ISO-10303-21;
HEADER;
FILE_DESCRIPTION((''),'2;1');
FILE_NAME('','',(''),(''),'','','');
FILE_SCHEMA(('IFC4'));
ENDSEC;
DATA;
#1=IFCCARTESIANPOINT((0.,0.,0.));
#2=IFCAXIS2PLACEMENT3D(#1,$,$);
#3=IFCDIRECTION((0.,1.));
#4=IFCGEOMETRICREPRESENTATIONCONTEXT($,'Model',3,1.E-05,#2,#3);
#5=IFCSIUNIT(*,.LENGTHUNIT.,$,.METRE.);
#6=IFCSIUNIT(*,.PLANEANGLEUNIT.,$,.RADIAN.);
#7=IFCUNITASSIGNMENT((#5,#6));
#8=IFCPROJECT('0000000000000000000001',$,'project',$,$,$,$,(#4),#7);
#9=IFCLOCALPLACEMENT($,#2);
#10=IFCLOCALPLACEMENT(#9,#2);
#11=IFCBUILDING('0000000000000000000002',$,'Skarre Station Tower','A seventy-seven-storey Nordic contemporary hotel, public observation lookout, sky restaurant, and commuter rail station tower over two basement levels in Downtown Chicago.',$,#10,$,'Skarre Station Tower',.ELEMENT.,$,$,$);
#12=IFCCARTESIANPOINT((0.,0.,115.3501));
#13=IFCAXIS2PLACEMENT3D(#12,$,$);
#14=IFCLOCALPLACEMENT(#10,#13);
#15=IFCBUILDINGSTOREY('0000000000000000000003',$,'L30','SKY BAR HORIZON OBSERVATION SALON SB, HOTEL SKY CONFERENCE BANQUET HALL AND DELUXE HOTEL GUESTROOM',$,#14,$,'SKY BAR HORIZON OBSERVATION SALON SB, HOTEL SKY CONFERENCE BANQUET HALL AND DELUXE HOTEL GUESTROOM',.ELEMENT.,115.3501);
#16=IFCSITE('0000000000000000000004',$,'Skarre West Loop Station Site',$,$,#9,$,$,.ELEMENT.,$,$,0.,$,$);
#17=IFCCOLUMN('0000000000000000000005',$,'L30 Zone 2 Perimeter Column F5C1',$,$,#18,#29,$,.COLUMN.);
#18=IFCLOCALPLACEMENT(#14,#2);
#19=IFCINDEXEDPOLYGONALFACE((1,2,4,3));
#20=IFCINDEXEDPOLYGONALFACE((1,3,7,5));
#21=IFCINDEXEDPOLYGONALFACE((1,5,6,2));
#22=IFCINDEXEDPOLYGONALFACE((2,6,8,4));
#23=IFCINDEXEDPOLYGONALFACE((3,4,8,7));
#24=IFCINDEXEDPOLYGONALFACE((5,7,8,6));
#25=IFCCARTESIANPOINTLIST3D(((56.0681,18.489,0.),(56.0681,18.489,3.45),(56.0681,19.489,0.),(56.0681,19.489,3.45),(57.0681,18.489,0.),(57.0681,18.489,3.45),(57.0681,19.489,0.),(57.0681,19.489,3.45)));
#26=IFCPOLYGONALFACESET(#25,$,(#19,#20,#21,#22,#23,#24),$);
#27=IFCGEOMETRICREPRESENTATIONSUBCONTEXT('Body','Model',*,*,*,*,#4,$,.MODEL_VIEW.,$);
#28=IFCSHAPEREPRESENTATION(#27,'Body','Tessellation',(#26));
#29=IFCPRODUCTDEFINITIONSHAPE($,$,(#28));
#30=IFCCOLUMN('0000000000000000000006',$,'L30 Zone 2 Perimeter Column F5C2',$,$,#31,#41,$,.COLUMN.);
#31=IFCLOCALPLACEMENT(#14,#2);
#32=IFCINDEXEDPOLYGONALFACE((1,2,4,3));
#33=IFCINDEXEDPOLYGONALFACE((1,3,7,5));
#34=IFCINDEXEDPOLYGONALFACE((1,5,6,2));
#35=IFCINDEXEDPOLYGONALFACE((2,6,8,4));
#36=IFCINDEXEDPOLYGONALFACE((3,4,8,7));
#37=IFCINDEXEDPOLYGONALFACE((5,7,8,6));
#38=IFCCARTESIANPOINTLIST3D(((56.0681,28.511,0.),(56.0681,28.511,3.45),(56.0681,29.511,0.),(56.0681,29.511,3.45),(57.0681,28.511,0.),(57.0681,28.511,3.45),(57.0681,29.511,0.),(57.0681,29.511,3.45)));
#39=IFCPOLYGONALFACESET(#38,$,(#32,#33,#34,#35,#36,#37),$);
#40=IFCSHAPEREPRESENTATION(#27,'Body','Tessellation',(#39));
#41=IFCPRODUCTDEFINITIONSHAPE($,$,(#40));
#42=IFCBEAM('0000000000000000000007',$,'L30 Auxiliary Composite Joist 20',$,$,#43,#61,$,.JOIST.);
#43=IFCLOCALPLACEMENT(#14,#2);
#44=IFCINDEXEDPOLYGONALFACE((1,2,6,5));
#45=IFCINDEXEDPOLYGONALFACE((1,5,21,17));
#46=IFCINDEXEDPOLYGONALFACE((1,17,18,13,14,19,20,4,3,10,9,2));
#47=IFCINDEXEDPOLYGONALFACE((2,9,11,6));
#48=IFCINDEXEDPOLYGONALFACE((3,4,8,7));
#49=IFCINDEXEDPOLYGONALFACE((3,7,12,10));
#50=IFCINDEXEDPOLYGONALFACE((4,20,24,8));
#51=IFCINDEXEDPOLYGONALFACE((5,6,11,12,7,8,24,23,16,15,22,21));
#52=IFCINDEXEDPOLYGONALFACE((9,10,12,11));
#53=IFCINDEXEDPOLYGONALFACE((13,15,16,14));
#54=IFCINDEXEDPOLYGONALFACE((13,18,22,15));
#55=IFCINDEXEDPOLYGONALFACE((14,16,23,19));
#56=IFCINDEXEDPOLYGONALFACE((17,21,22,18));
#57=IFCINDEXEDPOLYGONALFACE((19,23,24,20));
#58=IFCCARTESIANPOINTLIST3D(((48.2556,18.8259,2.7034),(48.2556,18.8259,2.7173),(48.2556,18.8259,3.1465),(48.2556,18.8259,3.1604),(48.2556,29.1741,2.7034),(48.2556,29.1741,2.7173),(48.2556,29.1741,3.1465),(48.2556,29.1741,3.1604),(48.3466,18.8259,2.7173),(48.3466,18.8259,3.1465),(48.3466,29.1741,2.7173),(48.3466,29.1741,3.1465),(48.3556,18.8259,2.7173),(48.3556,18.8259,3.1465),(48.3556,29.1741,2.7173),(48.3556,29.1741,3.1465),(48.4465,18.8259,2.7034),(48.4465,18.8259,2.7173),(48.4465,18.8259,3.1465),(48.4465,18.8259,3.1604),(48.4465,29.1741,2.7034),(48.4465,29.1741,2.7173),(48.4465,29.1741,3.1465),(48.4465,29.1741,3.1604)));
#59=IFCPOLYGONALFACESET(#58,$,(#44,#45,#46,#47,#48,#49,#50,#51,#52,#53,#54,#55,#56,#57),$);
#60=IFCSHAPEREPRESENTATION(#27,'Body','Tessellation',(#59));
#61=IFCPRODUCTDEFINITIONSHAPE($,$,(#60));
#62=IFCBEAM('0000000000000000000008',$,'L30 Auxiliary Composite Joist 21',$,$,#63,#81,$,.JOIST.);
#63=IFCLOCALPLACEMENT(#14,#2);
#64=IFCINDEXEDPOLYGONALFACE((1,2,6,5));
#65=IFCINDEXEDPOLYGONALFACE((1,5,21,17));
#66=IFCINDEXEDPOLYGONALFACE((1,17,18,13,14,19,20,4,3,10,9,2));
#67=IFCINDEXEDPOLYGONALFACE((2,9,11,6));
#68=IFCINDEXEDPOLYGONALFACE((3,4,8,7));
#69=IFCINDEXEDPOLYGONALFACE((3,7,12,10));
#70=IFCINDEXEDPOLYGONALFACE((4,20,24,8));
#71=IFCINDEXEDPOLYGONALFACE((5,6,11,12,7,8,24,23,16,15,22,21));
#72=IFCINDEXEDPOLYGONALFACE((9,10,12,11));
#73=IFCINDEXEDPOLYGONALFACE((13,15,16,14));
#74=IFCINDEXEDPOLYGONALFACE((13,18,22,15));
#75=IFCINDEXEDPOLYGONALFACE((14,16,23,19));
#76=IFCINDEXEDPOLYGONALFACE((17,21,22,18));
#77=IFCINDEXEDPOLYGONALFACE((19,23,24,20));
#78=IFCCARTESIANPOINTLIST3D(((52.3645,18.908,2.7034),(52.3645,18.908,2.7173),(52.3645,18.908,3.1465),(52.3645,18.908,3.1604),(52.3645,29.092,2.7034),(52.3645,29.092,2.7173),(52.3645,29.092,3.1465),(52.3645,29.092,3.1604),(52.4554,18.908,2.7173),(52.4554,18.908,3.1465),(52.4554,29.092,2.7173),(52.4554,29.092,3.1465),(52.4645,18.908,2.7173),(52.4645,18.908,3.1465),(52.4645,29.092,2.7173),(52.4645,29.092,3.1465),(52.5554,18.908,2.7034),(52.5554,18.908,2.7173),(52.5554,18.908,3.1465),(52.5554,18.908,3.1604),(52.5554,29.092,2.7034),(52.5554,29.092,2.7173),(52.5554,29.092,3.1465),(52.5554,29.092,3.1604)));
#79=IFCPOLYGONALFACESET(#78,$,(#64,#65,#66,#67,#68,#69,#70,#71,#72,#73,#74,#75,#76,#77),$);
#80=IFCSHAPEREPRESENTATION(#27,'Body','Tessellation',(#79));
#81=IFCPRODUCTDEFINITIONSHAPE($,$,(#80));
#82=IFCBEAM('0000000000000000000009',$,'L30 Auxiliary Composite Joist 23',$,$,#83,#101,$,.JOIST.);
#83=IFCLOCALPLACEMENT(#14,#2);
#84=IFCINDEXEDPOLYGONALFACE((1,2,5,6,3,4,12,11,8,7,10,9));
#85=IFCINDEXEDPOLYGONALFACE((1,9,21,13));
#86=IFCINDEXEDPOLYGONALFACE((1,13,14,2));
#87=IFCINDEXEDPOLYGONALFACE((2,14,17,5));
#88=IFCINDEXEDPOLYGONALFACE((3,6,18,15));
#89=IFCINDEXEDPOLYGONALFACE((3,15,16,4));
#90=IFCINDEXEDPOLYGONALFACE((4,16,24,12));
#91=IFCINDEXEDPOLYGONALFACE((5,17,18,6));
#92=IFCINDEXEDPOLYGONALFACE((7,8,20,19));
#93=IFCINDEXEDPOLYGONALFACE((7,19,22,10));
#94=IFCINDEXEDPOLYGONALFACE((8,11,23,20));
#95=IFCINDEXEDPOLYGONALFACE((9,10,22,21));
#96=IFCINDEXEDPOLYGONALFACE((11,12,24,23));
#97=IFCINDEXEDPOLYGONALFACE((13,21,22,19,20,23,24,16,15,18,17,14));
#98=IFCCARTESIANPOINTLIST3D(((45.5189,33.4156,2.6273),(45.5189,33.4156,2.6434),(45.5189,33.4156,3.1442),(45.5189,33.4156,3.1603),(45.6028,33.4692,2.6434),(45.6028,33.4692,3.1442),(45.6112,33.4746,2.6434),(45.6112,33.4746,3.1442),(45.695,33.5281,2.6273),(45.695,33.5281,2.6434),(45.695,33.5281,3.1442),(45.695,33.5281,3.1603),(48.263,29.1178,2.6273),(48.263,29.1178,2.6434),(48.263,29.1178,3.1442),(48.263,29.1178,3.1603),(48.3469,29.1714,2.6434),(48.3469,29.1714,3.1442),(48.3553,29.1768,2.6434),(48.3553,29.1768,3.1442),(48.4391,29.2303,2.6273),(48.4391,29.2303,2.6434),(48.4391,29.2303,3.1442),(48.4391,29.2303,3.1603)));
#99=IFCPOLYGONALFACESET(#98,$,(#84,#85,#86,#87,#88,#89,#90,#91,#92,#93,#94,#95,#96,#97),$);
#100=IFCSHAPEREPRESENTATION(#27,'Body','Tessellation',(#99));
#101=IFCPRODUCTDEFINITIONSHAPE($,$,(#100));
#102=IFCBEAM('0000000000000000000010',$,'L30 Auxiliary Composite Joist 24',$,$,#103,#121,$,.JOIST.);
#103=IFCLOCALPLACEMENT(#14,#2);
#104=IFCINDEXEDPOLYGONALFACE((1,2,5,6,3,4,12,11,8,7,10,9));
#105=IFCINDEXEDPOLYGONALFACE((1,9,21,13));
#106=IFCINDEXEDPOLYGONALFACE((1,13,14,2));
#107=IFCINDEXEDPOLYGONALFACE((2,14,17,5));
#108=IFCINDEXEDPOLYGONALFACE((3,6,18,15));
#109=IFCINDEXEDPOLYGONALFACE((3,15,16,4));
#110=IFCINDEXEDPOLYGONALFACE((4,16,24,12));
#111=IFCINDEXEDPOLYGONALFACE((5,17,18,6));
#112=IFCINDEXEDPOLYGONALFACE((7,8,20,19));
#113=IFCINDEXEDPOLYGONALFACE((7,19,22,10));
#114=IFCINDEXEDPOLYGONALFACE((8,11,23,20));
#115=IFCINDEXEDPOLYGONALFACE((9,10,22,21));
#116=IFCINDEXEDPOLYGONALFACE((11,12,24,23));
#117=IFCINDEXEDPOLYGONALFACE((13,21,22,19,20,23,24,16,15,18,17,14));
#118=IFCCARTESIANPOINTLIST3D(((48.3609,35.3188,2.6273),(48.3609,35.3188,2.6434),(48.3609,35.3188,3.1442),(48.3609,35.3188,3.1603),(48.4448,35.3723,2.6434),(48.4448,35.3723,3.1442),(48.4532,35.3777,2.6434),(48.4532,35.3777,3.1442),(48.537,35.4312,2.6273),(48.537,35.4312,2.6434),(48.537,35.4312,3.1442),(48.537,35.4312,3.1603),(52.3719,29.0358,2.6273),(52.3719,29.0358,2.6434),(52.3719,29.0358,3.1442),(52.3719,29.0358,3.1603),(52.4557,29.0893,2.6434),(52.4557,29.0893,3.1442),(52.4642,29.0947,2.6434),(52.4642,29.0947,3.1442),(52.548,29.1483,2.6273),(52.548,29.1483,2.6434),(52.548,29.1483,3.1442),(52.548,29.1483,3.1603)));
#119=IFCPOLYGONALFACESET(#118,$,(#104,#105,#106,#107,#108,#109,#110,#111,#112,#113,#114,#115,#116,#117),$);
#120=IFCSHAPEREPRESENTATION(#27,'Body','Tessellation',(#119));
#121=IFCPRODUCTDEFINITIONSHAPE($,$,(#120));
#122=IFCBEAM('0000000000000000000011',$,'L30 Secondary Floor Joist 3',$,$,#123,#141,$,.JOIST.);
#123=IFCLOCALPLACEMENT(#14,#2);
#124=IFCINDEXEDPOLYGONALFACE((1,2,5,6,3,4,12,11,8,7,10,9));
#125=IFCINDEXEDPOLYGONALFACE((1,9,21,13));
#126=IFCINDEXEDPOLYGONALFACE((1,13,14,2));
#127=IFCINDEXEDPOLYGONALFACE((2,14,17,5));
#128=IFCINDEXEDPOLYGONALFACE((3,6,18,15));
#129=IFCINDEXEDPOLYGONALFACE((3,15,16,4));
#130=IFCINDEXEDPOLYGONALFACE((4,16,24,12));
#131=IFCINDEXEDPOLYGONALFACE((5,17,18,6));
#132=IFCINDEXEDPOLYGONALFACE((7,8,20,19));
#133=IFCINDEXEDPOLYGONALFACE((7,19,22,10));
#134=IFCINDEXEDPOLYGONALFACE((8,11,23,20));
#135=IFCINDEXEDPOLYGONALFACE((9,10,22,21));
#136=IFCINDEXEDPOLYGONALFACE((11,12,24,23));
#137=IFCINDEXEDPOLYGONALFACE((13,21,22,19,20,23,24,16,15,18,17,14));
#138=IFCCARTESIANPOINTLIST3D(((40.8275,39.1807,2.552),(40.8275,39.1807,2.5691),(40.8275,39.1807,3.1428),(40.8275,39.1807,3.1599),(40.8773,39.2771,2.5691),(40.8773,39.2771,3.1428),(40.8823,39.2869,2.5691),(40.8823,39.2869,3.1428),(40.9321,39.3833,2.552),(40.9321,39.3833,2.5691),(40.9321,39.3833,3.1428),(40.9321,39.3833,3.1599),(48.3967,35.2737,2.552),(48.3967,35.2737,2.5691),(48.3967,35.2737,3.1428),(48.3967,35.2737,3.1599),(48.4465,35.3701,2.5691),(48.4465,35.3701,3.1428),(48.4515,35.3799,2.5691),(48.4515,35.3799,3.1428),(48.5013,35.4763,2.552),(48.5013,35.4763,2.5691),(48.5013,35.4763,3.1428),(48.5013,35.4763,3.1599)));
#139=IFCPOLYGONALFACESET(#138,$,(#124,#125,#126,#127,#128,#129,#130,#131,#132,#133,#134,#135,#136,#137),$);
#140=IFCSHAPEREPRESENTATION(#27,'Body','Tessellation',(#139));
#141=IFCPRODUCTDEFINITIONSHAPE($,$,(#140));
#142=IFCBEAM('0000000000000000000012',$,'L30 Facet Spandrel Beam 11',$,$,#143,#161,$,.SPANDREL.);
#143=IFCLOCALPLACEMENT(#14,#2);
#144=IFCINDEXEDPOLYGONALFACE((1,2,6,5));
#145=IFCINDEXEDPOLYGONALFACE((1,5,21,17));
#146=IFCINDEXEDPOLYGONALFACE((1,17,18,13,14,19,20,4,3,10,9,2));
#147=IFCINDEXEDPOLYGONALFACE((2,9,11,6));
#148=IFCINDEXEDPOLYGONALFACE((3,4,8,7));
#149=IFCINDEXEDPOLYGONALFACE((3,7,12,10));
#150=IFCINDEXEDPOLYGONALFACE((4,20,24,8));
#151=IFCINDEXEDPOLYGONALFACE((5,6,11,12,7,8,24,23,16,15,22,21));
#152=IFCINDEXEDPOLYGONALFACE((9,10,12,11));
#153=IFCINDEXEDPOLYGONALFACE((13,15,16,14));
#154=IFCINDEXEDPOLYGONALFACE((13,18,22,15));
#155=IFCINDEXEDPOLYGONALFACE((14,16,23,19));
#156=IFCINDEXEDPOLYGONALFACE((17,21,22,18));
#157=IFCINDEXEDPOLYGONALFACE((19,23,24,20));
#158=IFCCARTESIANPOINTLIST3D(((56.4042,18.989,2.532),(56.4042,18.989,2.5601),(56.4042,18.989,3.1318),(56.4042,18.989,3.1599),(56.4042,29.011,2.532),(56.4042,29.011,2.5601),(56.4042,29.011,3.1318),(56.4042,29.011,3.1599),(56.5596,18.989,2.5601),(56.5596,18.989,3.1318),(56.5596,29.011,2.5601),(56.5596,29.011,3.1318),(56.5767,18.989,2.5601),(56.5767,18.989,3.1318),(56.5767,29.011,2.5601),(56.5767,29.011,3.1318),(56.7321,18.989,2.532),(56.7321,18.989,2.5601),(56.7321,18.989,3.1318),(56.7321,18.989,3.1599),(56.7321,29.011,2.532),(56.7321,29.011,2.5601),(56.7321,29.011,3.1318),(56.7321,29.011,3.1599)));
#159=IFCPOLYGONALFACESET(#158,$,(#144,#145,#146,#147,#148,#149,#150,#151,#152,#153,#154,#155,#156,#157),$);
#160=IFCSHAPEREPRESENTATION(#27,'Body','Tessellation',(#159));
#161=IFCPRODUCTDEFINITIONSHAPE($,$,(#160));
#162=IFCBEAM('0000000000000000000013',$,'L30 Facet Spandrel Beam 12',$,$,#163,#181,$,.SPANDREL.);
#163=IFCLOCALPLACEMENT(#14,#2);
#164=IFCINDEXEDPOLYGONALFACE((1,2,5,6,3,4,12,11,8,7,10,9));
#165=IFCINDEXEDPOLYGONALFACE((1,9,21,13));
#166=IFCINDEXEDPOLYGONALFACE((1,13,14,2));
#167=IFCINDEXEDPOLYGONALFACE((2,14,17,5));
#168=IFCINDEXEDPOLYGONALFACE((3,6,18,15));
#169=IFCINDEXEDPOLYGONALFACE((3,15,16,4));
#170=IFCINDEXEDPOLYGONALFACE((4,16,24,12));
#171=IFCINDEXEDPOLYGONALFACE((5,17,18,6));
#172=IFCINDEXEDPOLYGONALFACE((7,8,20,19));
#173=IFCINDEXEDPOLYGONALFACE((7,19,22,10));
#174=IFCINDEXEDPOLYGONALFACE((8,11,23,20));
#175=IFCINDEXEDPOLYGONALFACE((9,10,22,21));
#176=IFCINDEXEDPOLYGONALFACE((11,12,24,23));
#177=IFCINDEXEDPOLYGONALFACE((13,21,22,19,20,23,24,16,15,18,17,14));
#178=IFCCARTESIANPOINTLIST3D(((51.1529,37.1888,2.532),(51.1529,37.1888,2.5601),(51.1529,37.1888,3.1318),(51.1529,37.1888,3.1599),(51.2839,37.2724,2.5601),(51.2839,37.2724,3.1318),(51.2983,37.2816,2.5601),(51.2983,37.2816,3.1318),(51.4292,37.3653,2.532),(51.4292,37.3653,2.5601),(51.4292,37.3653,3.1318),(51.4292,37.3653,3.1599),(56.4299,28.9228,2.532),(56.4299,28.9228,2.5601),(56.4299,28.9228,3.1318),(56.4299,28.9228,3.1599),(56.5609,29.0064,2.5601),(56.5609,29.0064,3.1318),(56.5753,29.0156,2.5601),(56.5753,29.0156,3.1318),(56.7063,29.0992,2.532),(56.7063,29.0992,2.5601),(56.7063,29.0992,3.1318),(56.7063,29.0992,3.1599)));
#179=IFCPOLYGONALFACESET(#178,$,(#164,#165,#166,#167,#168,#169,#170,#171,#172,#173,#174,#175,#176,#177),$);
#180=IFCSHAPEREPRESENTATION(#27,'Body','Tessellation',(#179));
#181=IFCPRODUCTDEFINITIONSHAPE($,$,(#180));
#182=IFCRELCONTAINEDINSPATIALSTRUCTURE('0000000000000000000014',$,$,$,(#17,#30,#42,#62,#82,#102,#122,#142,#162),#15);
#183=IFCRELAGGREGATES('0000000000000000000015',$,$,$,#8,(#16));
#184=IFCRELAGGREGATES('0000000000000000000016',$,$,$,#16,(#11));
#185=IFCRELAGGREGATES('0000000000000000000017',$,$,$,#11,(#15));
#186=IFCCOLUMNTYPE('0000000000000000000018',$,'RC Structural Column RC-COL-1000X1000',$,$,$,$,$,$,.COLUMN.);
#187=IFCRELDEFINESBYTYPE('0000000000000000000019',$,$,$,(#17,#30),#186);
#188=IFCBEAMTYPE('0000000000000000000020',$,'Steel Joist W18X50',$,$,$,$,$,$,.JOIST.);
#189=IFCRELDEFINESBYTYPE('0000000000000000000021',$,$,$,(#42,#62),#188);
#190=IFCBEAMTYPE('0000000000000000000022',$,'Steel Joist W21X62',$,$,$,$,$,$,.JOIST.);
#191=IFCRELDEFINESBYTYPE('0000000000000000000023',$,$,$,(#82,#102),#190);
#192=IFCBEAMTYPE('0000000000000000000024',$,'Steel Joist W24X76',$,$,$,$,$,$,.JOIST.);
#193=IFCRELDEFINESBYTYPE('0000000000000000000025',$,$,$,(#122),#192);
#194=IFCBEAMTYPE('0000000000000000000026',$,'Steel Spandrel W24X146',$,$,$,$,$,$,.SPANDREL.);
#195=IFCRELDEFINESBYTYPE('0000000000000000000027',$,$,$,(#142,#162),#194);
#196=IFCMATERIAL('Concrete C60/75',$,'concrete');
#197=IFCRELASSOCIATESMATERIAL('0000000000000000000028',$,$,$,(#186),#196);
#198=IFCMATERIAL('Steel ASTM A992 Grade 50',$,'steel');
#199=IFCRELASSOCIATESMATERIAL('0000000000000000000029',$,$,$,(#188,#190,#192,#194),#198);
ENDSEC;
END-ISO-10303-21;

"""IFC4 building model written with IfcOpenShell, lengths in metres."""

from ifc_helpers import new_model, si_unit, direction, frame, origin, origin_2d, place, context, subcontext, project, spatial, rectangle, i_section, extrude, material, material_profile, profile_set, type_object, element, save


model = new_model("IFC4")

# Units and contexts
model_context = context("Model", 3, precision=1e-05, world=origin(), true_north=direction((0.0, 1.0)))
body_context = subcontext(model_context, "Body", "Model", "MODEL_VIEW")
ifc_project = project(units=[si_unit("LENGTHUNIT", "METRE"), si_unit("PLANEANGLEUNIT", "RADIAN")], contexts=[model_context])

# Site, building, storey
site_placement = place(None, origin())
site = spatial("IfcSite", under=ifc_project, at=site_placement, Name="Skarre West Loop Station Site", CompositionType="ELEMENT", RefElevation=0.0)
building_placement = place(site_placement, origin())
building = spatial("IfcBuilding", under=site, at=building_placement, Name="Skarre Station Tower", Description="A seventy-seven-storey Nordic contemporary hotel, public observation lookout, sky restaurant, and commuter rail station tower over two basement levels in Downtown Chicago.", LongName="Skarre Station Tower", CompositionType="ELEMENT")
storey_placement = place(building_placement, frame((0.0, 0.0, 115.3501)))
storey = spatial("IfcBuildingStorey", under=building, at=storey_placement, Name="L30", Description="SKY BAR HORIZON OBSERVATION SALON SB, HOTEL SKY CONFERENCE BANQUET HALL AND DELUXE HOTEL GUESTROOM", LongName="SKY BAR HORIZON OBSERVATION SALON SB, HOTEL SKY CONFERENCE BANQUET HALL AND DELUXE HOTEL GUESTROOM", CompositionType="ELEMENT", Elevation=115.3501)

# Columns
ifc_material_1 = material(Name="Concrete C60/75", Category="concrete")
ifc_material_profile_1 = material_profile(ifc_material_1, rectangle(XDim=1.0, YDim=1.0, at=origin_2d()), Name="Concrete C60/75")
ifc_profile_set_1 = profile_set([ifc_material_profile_1], Name="Concrete C60/75")
column_type = type_object("IfcColumnType", Name="RC Structural Column RC-COL-1000X1000", PredefinedType="COLUMN", material=ifc_profile_set_1)
for number, where, z_axis, x_axis, name in (
    (1, (56.5681, 18.989, 0.0), (0.0, 0.0, 1.0), (1.0, 0.0, 0.0), "L30 Zone 2 Perimeter Column F5C1"),
    (2, (56.5681, 29.011, 0.0), (0.0, 0.0, 1.0), (1.0, 0.0, 0.0), "L30 Zone 2 Perimeter Column F5C2"),
):
    element("IfcColumn", number, at=place(storey_placement, frame(where, z_axis=z_axis, x_axis=x_axis)), inside=storey, type_object=column_type, Name=name, PredefinedType="COLUMN", context=body_context, shape_type="SweptSolid", body=[
        extrude(rectangle(XDim=1.0, YDim=1.0, at=origin_2d()), origin(), (0.0, 0.0, 1.0), 3.45),
    ])

# Beams
ifc_material_2 = material(Name="Steel ASTM A992 Grade 50", Category="steel")
ifc_material_profile_2 = material_profile(ifc_material_2, i_section(OverallWidth=0.1909, OverallDepth=0.457, WebThickness=0.009, FlangeThickness=0.0139, at=origin_2d()), Name="Steel ASTM A992 Grade 50")
ifc_profile_set_2 = profile_set([ifc_material_profile_2], Name="Steel ASTM A992 Grade 50")
beam_type_1 = type_object("IfcBeamType", Name="Steel Joist W18X50", PredefinedType="JOIST", material=ifc_profile_set_2)
beam_1_placement = place(storey_placement, frame((48.3511, 18.8259, 2.9319), z_axis=(0.0, 1.0, 0.0), x_axis=(-1.0, 0.0, 0.0)))
element("IfcBeam", 3, at=beam_1_placement, inside=storey, type_object=beam_type_1, Name="L30 Auxiliary Composite Joist 20", PredefinedType="JOIST", context=body_context, shape_type="SweptSolid", body=[
    extrude(i_section(OverallWidth=0.1909, OverallDepth=0.457, WebThickness=0.009, FlangeThickness=0.0139, at=origin_2d()), origin(), (0.0, 0.0, 1.0), 10.3481),
])
beam_2_placement = place(storey_placement, frame((52.46, 18.908, 2.9319), z_axis=(0.0, 1.0, 0.0), x_axis=(-1.0, 0.0, 0.0)))
element("IfcBeam", 4, at=beam_2_placement, inside=storey, type_object=beam_type_1, Name="L30 Auxiliary Composite Joist 21", PredefinedType="JOIST", context=body_context, shape_type="SweptSolid", body=[
    extrude(i_section(OverallWidth=0.1909, OverallDepth=0.457, WebThickness=0.009, FlangeThickness=0.0139, at=origin_2d()), origin(), (0.0, 0.0, 1.0), 10.1841),
])
ifc_material_profile_3 = material_profile(ifc_material_2, i_section(OverallWidth=0.209, OverallDepth=0.533, WebThickness=0.01, FlangeThickness=0.0161, at=origin_2d()), Name="Steel ASTM A992 Grade 50")
ifc_profile_set_3 = profile_set([ifc_material_profile_3], Name="Steel ASTM A992 Grade 50")
beam_type_2 = type_object("IfcBeamType", Name="Steel Joist W21X62", PredefinedType="JOIST", material=ifc_profile_set_3)
beam_3_placement = place(storey_placement, frame((48.3511, 29.1741, 2.8938), z_axis=(-0.538151, 0.842848, 0.0), x_axis=(-0.842848, -0.538151, 0.0)))
element("IfcBeam", 5, at=beam_3_placement, inside=storey, type_object=beam_type_2, Name="L30 Auxiliary Composite Joist 23", PredefinedType="JOIST", context=body_context, shape_type="SweptSolid", body=[
    extrude(i_section(OverallWidth=0.209, OverallDepth=0.533, WebThickness=0.01, FlangeThickness=0.0161, at=origin_2d()), origin(), (0.0, 0.0, 1.0), 5.0991),
])
beam_4_placement = place(storey_placement, frame((52.46, 29.092, 2.8938), z_axis=(-0.538091, 0.842886, 0.0), x_axis=(-0.842886, -0.538091, 0.0)))
element("IfcBeam", 6, at=beam_4_placement, inside=storey, type_object=beam_type_2, Name="L30 Auxiliary Composite Joist 24", PredefinedType="JOIST", context=body_context, shape_type="SweptSolid", body=[
    extrude(i_section(OverallWidth=0.209, OverallDepth=0.533, WebThickness=0.01, FlangeThickness=0.0161, at=origin_2d()), origin(), (0.0, 0.0, 1.0), 7.4541),
])
ifc_material_profile_4 = material_profile(ifc_material_2, i_section(OverallWidth=0.228, OverallDepth=0.6079, WebThickness=0.011, FlangeThickness=0.0171, at=origin_2d()), Name="Steel ASTM A992 Grade 50")
ifc_profile_set_4 = profile_set([ifc_material_profile_4], Name="Steel ASTM A992 Grade 50")
beam_type_3 = type_object("IfcBeamType", Name="Steel Joist W24X76", PredefinedType="JOIST", material=ifc_profile_set_4)
beam_5_placement = place(storey_placement, frame((48.449, 35.375, 2.856), z_axis=(-0.888604, 0.458676, 0.0), x_axis=(-0.458676, -0.888604, 0.0)))
element("IfcBeam", 7, at=beam_5_placement, inside=storey, type_object=beam_type_3, Name="L30 Secondary Floor Joist 3", PredefinedType="JOIST", context=body_context, shape_type="SweptSolid", body=[
    extrude(i_section(OverallWidth=0.228, OverallDepth=0.6079, WebThickness=0.011, FlangeThickness=0.0171, at=origin_2d()), origin(), (0.0, 0.0, 1.0), 8.5181),
])
ifc_material_profile_5 = material_profile(ifc_material_2, i_section(OverallWidth=0.3279, OverallDepth=0.6279, WebThickness=0.0171, FlangeThickness=0.0281, at=origin_2d()), Name="Steel ASTM A992 Grade 50")
ifc_profile_set_5 = profile_set([ifc_material_profile_5], Name="Steel ASTM A992 Grade 50")
beam_type_4 = type_object("IfcBeamType", Name="Steel Spandrel W24X146", PredefinedType="SPANDREL", material=ifc_profile_set_5)
beam_6_placement = place(storey_placement, frame((56.5681, 18.989, 2.8459), z_axis=(0.0, 1.0, 0.0), x_axis=(-1.0, 0.0, 0.0)))
element("IfcBeam", 8, at=beam_6_placement, inside=storey, type_object=beam_type_4, Name="L30 Facet Spandrel Beam 11", PredefinedType="SPANDREL", context=body_context, shape_type="SweptSolid", body=[
    extrude(i_section(OverallWidth=0.3279, OverallDepth=0.6279, WebThickness=0.0171, FlangeThickness=0.0281, at=origin_2d()), origin(), (0.0, 0.0, 1.0), 10.022),
])
beam_7_placement = place(storey_placement, frame((56.5681, 29.011, 2.8459), z_axis=(-0.538098, 0.842883, 0.0), x_axis=(-0.842883, -0.538098, 0.0)))
element("IfcBeam", 9, at=beam_7_placement, inside=storey, type_object=beam_type_4, Name="L30 Facet Spandrel Beam 12", PredefinedType="SPANDREL", context=body_context, shape_type="SweptSolid", body=[
    extrude(i_section(OverallWidth=0.3279, OverallDepth=0.6279, WebThickness=0.0171, FlangeThickness=0.0281, at=origin_2d()), origin(), (0.0, 0.0, 1.0), 9.8069),
])

save(model, "model.ifc")
